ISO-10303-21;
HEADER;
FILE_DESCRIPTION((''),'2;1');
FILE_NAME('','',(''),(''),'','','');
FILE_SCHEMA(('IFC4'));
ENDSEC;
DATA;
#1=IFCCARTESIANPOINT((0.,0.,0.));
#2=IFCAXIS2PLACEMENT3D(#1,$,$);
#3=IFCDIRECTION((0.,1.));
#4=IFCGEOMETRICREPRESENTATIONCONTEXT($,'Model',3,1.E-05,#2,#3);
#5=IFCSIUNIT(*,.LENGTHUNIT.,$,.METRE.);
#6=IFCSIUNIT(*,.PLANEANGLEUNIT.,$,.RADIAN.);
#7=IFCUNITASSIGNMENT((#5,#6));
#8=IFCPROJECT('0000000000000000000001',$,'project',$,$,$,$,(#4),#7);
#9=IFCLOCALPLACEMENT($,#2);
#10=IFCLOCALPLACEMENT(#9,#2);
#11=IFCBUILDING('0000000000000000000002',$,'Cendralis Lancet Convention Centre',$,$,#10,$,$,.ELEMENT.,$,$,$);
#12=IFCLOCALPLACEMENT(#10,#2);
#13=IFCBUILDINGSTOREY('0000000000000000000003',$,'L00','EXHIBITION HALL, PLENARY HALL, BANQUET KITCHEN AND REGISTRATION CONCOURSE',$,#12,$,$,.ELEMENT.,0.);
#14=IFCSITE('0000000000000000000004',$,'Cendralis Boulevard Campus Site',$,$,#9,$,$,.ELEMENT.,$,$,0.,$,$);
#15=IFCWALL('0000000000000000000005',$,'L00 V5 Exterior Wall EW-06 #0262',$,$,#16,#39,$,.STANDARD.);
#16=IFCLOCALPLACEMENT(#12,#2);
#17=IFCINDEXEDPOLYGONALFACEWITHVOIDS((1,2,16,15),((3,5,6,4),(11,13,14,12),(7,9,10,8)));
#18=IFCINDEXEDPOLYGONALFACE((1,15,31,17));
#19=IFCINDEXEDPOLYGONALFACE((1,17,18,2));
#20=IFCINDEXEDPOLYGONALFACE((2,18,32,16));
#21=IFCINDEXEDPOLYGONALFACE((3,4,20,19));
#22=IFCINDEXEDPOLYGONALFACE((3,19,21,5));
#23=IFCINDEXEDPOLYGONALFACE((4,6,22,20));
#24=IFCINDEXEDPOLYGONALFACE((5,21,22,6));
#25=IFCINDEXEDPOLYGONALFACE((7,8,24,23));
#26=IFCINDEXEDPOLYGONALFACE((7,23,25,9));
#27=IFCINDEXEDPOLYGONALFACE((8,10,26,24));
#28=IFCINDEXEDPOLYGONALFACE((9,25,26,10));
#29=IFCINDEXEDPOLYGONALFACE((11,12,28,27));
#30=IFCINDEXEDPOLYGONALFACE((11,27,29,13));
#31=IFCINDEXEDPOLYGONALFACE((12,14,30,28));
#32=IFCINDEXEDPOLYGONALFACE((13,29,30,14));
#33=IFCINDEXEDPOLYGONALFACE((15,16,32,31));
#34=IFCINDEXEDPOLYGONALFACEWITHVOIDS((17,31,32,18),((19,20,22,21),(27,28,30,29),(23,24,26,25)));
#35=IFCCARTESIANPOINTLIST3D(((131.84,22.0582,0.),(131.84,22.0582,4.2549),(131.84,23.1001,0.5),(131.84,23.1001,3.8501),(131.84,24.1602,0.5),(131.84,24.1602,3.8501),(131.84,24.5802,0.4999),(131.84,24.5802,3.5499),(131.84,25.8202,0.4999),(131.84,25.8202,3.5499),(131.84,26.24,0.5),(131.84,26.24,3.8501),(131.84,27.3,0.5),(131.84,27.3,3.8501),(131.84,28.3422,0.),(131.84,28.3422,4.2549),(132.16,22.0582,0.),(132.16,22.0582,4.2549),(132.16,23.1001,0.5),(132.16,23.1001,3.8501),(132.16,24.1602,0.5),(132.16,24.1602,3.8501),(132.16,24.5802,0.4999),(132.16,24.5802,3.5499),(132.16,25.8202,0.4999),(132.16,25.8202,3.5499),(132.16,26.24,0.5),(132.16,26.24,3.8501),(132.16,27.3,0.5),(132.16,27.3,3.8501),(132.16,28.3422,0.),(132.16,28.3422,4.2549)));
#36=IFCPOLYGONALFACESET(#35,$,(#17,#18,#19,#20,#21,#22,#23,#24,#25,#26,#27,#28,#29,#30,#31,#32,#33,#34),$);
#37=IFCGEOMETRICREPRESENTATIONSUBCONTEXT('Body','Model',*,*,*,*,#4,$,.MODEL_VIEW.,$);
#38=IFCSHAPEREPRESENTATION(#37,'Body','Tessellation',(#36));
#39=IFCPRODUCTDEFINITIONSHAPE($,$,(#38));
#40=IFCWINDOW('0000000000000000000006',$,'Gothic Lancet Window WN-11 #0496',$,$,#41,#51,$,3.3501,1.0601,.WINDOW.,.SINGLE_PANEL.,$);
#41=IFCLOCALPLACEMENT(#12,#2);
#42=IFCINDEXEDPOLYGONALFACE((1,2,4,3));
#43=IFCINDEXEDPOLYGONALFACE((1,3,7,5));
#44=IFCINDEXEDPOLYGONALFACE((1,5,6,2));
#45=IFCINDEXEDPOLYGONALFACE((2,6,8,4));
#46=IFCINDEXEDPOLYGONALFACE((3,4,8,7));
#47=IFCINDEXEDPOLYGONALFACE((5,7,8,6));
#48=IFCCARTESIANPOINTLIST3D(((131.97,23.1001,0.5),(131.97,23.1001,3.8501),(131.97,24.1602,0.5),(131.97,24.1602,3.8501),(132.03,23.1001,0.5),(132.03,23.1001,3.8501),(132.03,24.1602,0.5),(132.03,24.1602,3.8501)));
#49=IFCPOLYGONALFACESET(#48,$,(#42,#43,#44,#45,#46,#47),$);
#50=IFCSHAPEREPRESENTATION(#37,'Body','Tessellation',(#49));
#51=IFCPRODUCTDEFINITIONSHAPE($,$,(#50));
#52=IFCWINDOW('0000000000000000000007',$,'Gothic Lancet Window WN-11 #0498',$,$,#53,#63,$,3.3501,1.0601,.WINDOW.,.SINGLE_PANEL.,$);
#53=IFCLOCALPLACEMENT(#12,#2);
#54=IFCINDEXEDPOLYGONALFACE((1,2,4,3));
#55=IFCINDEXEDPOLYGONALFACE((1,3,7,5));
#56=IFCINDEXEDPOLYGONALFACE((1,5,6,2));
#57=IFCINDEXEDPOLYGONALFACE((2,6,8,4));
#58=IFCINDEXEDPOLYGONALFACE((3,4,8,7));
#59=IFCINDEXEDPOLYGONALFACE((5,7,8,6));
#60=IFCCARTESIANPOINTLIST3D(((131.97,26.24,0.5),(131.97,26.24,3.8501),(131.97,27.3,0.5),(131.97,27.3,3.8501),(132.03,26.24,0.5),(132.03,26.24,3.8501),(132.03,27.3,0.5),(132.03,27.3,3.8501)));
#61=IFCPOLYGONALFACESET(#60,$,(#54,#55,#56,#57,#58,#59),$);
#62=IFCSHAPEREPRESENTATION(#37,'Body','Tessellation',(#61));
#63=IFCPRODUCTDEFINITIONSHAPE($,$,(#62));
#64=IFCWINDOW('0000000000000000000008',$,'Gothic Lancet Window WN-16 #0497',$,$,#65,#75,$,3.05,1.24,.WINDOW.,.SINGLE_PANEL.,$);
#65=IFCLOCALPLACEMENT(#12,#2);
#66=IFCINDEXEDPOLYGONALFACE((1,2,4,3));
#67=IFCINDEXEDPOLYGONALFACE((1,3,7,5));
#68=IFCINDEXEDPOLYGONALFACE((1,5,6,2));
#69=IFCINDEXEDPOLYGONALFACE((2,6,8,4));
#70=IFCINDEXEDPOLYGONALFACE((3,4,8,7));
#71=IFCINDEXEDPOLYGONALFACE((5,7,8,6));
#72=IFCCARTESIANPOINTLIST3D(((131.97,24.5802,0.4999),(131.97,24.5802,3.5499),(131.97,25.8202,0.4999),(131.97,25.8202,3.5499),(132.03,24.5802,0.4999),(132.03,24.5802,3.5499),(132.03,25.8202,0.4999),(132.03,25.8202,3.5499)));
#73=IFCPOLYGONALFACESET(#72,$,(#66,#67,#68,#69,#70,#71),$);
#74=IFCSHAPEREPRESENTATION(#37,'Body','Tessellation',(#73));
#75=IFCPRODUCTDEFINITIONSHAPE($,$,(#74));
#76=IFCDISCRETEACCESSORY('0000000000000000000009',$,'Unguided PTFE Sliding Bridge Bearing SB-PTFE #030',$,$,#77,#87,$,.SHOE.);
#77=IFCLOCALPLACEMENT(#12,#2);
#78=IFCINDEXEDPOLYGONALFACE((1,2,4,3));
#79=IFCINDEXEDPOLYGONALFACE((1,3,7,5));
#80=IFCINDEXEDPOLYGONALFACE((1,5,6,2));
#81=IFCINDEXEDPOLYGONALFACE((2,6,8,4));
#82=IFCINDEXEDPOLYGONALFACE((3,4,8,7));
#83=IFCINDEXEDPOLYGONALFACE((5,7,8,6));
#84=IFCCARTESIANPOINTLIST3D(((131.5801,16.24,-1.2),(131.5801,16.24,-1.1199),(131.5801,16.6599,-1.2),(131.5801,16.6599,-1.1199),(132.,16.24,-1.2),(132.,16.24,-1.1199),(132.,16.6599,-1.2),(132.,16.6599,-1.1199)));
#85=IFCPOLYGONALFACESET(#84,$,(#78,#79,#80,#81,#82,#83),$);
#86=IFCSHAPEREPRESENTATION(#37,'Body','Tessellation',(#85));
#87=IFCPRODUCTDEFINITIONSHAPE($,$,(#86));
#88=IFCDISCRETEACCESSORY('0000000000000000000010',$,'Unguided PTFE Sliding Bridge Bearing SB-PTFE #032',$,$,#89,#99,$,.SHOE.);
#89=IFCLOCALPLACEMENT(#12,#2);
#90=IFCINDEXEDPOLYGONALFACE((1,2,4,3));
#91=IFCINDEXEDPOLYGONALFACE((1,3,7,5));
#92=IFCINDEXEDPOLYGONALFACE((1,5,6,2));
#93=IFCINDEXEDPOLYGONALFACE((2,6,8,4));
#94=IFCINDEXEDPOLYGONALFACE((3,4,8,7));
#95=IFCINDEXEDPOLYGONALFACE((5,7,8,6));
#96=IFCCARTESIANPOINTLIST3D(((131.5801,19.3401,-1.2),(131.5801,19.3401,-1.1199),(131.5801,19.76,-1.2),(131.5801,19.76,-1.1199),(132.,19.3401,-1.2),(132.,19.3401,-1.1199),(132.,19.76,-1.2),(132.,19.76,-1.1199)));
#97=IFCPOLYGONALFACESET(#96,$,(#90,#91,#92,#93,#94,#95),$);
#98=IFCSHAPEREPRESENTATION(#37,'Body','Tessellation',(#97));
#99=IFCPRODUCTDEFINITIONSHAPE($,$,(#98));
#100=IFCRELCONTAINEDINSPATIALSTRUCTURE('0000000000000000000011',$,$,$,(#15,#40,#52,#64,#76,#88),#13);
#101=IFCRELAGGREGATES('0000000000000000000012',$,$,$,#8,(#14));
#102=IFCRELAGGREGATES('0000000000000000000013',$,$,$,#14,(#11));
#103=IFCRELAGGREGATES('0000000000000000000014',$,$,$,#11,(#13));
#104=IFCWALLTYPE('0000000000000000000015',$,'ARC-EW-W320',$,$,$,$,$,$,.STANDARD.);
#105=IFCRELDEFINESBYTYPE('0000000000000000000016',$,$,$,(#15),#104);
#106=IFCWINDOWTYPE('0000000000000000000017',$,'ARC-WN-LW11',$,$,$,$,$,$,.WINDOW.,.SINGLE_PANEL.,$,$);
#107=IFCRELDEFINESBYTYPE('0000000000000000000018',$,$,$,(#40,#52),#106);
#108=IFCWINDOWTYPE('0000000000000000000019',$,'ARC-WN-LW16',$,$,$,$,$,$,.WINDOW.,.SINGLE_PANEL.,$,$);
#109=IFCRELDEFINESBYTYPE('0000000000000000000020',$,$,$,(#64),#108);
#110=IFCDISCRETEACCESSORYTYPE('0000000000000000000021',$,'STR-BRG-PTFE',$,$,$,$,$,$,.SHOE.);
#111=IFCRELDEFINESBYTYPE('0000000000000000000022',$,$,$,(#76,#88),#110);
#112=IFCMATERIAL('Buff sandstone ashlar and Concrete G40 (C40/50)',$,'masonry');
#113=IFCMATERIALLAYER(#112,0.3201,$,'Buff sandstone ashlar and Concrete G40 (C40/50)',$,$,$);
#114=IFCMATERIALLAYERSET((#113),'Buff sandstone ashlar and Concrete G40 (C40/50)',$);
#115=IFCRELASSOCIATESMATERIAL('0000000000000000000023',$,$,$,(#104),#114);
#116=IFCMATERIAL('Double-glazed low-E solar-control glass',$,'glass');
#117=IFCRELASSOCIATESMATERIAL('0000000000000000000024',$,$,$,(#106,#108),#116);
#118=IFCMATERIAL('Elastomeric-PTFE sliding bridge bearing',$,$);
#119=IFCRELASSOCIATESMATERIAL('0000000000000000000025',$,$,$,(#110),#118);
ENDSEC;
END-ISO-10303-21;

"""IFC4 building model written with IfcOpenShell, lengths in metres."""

from ifc_helpers import new_model, si_unit, direction, frame, frame_2d, origin, origin_2d, place, context, subcontext, project, spatial, rectangle, extrude, material, layer, layer_set, type_object, element, fill, save


model = new_model("IFC4")

# Units and contexts
model_context = context("Model", 3, precision=1e-05, world=origin(), true_north=direction((0.0, 1.0)))
body_context = subcontext(model_context, "Body", "Model", "MODEL_VIEW")
ifc_project = project(units=[si_unit("LENGTHUNIT", "METRE"), si_unit("PLANEANGLEUNIT", "RADIAN")], contexts=[model_context])

# Site, building, storey
site_placement = place(None, origin())
site = spatial("IfcSite", under=ifc_project, at=site_placement, Name="Cendralis Boulevard Campus Site", CompositionType="ELEMENT", RefElevation=0.0)
building_placement = place(site_placement, origin())
building = spatial("IfcBuilding", under=site, at=building_placement, Name="Cendralis Lancet Convention Centre", CompositionType="ELEMENT")
storey_placement = place(building_placement, origin())
storey = spatial("IfcBuildingStorey", under=building, at=storey_placement, Name="L00", Description="EXHIBITION HALL, PLENARY HALL, BANQUET KITCHEN AND REGISTRATION CONCOURSE", CompositionType="ELEMENT", Elevation=0.0)

# Shared definitions
ifc_material_1 = material(Name="Buff sandstone ashlar and Concrete G40 (C40/50)", Category="masonry")
ifc_layer = layer(ifc_material_1, 0.3201, Name="Buff sandstone ashlar and Concrete G40 (C40/50)")
ifc_layer_set = layer_set([ifc_layer], Name="Buff sandstone ashlar and Concrete G40 (C40/50)")
wall_type = type_object("IfcWallType", Name="ARC-EW-W320", PredefinedType="STANDARD", material=ifc_layer_set)

# Wall, openings, windows
wall_1_placement = place(storey_placement, frame((132.0, 22.0581, 0.0), z_axis=(0.0, 0.0, 1.0), x_axis=(0.0, 1.0, 0.0)))
wall_1 = element("IfcWall", 1, at=wall_1_placement, inside=storey, type_object=wall_type, Name="L00 V5 Exterior Wall EW-06 #0262", PredefinedType="STANDARD", context=body_context, shape_type="SweptSolid", body=[
    extrude(rectangle(XDim=6.2839, YDim=0.3201, at=frame_2d((3.1421, 0.0))), origin(), (0.0, 0.0, 1.0), 4.2549),
])
opening_1_placement = place(wall_1_placement, frame((1.042, 0.0, 0.5)))
opening_1 = element("IfcOpeningElement", 2, at=opening_1_placement, cuts=wall_1, PredefinedType="OPENING", context=body_context, shape_type="SweptSolid", body=[
    extrude(rectangle(XDim=1.0601, YDim=3.3501, at=frame_2d((0.53, 1.675))), frame((0.0, 0.1699, 0.0), z_axis=(0.0, -1.0, 0.0), x_axis=(1.0, 0.0, 0.0)), (0.0, 0.0, 1.0), 0.3401),
])
opening_2_placement = place(wall_1_placement, frame((2.522, 0.0, 0.5)))
opening_2 = element("IfcOpeningElement", 3, at=opening_2_placement, cuts=wall_1, PredefinedType="OPENING", context=body_context, shape_type="SweptSolid", body=[
    extrude(rectangle(XDim=1.24, YDim=3.05, at=frame_2d((0.6201, 1.5249))), frame((0.0, 0.1699, 0.0), z_axis=(0.0, -1.0, 0.0), x_axis=(1.0, 0.0, 0.0)), (0.0, 0.0, 1.0), 0.3401),
])
opening_3_placement = place(wall_1_placement, frame((4.1819, 0.0, 0.5)))
opening_3 = element("IfcOpeningElement", 4, at=opening_3_placement, cuts=wall_1, PredefinedType="OPENING", context=body_context, shape_type="SweptSolid", body=[
    extrude(rectangle(XDim=1.0601, YDim=3.3501, at=frame_2d((0.53, 1.675))), frame((0.0, 0.1699, 0.0), z_axis=(0.0, -1.0, 0.0), x_axis=(1.0, 0.0, 0.0)), (0.0, 0.0, 1.0), 0.3401),
])
ifc_material_2 = material(Name="Double-glazed low-E solar-control glass", Category="glass")
window_type_1 = type_object("IfcWindowType", Name="ARC-WN-LW11", PartitioningType="SINGLE_PANEL", PredefinedType="WINDOW", material=ifc_material_2)
window_1_placement = place(opening_1_placement, origin())
window_1 = element("IfcWindow", 5, at=window_1_placement, inside=storey, type_object=window_type_1, Name="Gothic Lancet Window WN-11 #0496", OverallHeight=3.3501, OverallWidth=1.0601, PartitioningType="SINGLE_PANEL", PredefinedType="WINDOW", context=body_context, shape_type="SweptSolid", body=[
    extrude(rectangle(XDim=1.0601, YDim=3.3501, at=frame_2d((0.53, 1.675))), frame((0.0, 0.03, 0.0), z_axis=(0.0, -1.0, 0.0), x_axis=(1.0, 0.0, 0.0)), (0.0, 0.0, 1.0), 0.0601),
])
fill(opening_1, window_1)
window_2_placement = place(opening_3_placement, origin())
window_2 = element("IfcWindow", 6, at=window_2_placement, inside=storey, type_object=window_type_1, Name="Gothic Lancet Window WN-11 #0498", OverallHeight=3.3501, OverallWidth=1.0601, PartitioningType="SINGLE_PANEL", PredefinedType="WINDOW", context=body_context, shape_type="SweptSolid", body=[
    extrude(rectangle(XDim=1.0601, YDim=3.3501, at=frame_2d((0.53, 1.675))), frame((0.0, 0.03, 0.0), z_axis=(0.0, -1.0, 0.0), x_axis=(1.0, 0.0, 0.0)), (0.0, 0.0, 1.0), 0.0601),
])
fill(opening_3, window_2)
window_type_2 = type_object("IfcWindowType", Name="ARC-WN-LW16", PartitioningType="SINGLE_PANEL", PredefinedType="WINDOW", material=ifc_material_2)
window_3_placement = place(opening_2_placement, origin())
window_3 = element("IfcWindow", 7, at=window_3_placement, inside=storey, type_object=window_type_2, Name="Gothic Lancet Window WN-16 #0497", OverallHeight=3.05, OverallWidth=1.24, PartitioningType="SINGLE_PANEL", PredefinedType="WINDOW", context=body_context, shape_type="SweptSolid", body=[
    extrude(rectangle(XDim=1.24, YDim=3.05, at=frame_2d((0.6201, 1.5249))), frame((0.0, 0.03, 0.0), z_axis=(0.0, -1.0, 0.0), x_axis=(1.0, 0.0, 0.0)), (0.0, 0.0, 1.0), 0.0601),
])
fill(opening_2, window_3)

# Discrete accessories
ifc_material_3 = material(Name="Elastomeric-PTFE sliding bridge bearing")
discrete_accessory_type = type_object("IfcDiscreteAccessoryType", Name="STR-BRG-PTFE", PredefinedType="SHOE", material=ifc_material_3)
for number, where, z_axis, x_axis, name in (
    (8, (131.79, 16.45, -1.2), (0.0, 0.0, 1.0), (1.0, 0.0, 0.0), "Unguided PTFE Sliding Bridge Bearing SB-PTFE #030"),
    (9, (131.79, 19.55, -1.2), (0.0, 0.0, 1.0), (1.0, 0.0, 0.0), "Unguided PTFE Sliding Bridge Bearing SB-PTFE #032"),
):
    element("IfcDiscreteAccessory", number, at=place(storey_placement, frame(where, z_axis=z_axis, x_axis=x_axis)), inside=storey, type_object=discrete_accessory_type, Name=name, PredefinedType="SHOE", context=body_context, shape_type="SweptSolid", body=[
        extrude(rectangle(XDim=0.4199, YDim=0.4199, at=origin_2d()), origin(), (0.0, 0.0, 1.0), 0.0801),
    ])

save(model, "model.ifc")
